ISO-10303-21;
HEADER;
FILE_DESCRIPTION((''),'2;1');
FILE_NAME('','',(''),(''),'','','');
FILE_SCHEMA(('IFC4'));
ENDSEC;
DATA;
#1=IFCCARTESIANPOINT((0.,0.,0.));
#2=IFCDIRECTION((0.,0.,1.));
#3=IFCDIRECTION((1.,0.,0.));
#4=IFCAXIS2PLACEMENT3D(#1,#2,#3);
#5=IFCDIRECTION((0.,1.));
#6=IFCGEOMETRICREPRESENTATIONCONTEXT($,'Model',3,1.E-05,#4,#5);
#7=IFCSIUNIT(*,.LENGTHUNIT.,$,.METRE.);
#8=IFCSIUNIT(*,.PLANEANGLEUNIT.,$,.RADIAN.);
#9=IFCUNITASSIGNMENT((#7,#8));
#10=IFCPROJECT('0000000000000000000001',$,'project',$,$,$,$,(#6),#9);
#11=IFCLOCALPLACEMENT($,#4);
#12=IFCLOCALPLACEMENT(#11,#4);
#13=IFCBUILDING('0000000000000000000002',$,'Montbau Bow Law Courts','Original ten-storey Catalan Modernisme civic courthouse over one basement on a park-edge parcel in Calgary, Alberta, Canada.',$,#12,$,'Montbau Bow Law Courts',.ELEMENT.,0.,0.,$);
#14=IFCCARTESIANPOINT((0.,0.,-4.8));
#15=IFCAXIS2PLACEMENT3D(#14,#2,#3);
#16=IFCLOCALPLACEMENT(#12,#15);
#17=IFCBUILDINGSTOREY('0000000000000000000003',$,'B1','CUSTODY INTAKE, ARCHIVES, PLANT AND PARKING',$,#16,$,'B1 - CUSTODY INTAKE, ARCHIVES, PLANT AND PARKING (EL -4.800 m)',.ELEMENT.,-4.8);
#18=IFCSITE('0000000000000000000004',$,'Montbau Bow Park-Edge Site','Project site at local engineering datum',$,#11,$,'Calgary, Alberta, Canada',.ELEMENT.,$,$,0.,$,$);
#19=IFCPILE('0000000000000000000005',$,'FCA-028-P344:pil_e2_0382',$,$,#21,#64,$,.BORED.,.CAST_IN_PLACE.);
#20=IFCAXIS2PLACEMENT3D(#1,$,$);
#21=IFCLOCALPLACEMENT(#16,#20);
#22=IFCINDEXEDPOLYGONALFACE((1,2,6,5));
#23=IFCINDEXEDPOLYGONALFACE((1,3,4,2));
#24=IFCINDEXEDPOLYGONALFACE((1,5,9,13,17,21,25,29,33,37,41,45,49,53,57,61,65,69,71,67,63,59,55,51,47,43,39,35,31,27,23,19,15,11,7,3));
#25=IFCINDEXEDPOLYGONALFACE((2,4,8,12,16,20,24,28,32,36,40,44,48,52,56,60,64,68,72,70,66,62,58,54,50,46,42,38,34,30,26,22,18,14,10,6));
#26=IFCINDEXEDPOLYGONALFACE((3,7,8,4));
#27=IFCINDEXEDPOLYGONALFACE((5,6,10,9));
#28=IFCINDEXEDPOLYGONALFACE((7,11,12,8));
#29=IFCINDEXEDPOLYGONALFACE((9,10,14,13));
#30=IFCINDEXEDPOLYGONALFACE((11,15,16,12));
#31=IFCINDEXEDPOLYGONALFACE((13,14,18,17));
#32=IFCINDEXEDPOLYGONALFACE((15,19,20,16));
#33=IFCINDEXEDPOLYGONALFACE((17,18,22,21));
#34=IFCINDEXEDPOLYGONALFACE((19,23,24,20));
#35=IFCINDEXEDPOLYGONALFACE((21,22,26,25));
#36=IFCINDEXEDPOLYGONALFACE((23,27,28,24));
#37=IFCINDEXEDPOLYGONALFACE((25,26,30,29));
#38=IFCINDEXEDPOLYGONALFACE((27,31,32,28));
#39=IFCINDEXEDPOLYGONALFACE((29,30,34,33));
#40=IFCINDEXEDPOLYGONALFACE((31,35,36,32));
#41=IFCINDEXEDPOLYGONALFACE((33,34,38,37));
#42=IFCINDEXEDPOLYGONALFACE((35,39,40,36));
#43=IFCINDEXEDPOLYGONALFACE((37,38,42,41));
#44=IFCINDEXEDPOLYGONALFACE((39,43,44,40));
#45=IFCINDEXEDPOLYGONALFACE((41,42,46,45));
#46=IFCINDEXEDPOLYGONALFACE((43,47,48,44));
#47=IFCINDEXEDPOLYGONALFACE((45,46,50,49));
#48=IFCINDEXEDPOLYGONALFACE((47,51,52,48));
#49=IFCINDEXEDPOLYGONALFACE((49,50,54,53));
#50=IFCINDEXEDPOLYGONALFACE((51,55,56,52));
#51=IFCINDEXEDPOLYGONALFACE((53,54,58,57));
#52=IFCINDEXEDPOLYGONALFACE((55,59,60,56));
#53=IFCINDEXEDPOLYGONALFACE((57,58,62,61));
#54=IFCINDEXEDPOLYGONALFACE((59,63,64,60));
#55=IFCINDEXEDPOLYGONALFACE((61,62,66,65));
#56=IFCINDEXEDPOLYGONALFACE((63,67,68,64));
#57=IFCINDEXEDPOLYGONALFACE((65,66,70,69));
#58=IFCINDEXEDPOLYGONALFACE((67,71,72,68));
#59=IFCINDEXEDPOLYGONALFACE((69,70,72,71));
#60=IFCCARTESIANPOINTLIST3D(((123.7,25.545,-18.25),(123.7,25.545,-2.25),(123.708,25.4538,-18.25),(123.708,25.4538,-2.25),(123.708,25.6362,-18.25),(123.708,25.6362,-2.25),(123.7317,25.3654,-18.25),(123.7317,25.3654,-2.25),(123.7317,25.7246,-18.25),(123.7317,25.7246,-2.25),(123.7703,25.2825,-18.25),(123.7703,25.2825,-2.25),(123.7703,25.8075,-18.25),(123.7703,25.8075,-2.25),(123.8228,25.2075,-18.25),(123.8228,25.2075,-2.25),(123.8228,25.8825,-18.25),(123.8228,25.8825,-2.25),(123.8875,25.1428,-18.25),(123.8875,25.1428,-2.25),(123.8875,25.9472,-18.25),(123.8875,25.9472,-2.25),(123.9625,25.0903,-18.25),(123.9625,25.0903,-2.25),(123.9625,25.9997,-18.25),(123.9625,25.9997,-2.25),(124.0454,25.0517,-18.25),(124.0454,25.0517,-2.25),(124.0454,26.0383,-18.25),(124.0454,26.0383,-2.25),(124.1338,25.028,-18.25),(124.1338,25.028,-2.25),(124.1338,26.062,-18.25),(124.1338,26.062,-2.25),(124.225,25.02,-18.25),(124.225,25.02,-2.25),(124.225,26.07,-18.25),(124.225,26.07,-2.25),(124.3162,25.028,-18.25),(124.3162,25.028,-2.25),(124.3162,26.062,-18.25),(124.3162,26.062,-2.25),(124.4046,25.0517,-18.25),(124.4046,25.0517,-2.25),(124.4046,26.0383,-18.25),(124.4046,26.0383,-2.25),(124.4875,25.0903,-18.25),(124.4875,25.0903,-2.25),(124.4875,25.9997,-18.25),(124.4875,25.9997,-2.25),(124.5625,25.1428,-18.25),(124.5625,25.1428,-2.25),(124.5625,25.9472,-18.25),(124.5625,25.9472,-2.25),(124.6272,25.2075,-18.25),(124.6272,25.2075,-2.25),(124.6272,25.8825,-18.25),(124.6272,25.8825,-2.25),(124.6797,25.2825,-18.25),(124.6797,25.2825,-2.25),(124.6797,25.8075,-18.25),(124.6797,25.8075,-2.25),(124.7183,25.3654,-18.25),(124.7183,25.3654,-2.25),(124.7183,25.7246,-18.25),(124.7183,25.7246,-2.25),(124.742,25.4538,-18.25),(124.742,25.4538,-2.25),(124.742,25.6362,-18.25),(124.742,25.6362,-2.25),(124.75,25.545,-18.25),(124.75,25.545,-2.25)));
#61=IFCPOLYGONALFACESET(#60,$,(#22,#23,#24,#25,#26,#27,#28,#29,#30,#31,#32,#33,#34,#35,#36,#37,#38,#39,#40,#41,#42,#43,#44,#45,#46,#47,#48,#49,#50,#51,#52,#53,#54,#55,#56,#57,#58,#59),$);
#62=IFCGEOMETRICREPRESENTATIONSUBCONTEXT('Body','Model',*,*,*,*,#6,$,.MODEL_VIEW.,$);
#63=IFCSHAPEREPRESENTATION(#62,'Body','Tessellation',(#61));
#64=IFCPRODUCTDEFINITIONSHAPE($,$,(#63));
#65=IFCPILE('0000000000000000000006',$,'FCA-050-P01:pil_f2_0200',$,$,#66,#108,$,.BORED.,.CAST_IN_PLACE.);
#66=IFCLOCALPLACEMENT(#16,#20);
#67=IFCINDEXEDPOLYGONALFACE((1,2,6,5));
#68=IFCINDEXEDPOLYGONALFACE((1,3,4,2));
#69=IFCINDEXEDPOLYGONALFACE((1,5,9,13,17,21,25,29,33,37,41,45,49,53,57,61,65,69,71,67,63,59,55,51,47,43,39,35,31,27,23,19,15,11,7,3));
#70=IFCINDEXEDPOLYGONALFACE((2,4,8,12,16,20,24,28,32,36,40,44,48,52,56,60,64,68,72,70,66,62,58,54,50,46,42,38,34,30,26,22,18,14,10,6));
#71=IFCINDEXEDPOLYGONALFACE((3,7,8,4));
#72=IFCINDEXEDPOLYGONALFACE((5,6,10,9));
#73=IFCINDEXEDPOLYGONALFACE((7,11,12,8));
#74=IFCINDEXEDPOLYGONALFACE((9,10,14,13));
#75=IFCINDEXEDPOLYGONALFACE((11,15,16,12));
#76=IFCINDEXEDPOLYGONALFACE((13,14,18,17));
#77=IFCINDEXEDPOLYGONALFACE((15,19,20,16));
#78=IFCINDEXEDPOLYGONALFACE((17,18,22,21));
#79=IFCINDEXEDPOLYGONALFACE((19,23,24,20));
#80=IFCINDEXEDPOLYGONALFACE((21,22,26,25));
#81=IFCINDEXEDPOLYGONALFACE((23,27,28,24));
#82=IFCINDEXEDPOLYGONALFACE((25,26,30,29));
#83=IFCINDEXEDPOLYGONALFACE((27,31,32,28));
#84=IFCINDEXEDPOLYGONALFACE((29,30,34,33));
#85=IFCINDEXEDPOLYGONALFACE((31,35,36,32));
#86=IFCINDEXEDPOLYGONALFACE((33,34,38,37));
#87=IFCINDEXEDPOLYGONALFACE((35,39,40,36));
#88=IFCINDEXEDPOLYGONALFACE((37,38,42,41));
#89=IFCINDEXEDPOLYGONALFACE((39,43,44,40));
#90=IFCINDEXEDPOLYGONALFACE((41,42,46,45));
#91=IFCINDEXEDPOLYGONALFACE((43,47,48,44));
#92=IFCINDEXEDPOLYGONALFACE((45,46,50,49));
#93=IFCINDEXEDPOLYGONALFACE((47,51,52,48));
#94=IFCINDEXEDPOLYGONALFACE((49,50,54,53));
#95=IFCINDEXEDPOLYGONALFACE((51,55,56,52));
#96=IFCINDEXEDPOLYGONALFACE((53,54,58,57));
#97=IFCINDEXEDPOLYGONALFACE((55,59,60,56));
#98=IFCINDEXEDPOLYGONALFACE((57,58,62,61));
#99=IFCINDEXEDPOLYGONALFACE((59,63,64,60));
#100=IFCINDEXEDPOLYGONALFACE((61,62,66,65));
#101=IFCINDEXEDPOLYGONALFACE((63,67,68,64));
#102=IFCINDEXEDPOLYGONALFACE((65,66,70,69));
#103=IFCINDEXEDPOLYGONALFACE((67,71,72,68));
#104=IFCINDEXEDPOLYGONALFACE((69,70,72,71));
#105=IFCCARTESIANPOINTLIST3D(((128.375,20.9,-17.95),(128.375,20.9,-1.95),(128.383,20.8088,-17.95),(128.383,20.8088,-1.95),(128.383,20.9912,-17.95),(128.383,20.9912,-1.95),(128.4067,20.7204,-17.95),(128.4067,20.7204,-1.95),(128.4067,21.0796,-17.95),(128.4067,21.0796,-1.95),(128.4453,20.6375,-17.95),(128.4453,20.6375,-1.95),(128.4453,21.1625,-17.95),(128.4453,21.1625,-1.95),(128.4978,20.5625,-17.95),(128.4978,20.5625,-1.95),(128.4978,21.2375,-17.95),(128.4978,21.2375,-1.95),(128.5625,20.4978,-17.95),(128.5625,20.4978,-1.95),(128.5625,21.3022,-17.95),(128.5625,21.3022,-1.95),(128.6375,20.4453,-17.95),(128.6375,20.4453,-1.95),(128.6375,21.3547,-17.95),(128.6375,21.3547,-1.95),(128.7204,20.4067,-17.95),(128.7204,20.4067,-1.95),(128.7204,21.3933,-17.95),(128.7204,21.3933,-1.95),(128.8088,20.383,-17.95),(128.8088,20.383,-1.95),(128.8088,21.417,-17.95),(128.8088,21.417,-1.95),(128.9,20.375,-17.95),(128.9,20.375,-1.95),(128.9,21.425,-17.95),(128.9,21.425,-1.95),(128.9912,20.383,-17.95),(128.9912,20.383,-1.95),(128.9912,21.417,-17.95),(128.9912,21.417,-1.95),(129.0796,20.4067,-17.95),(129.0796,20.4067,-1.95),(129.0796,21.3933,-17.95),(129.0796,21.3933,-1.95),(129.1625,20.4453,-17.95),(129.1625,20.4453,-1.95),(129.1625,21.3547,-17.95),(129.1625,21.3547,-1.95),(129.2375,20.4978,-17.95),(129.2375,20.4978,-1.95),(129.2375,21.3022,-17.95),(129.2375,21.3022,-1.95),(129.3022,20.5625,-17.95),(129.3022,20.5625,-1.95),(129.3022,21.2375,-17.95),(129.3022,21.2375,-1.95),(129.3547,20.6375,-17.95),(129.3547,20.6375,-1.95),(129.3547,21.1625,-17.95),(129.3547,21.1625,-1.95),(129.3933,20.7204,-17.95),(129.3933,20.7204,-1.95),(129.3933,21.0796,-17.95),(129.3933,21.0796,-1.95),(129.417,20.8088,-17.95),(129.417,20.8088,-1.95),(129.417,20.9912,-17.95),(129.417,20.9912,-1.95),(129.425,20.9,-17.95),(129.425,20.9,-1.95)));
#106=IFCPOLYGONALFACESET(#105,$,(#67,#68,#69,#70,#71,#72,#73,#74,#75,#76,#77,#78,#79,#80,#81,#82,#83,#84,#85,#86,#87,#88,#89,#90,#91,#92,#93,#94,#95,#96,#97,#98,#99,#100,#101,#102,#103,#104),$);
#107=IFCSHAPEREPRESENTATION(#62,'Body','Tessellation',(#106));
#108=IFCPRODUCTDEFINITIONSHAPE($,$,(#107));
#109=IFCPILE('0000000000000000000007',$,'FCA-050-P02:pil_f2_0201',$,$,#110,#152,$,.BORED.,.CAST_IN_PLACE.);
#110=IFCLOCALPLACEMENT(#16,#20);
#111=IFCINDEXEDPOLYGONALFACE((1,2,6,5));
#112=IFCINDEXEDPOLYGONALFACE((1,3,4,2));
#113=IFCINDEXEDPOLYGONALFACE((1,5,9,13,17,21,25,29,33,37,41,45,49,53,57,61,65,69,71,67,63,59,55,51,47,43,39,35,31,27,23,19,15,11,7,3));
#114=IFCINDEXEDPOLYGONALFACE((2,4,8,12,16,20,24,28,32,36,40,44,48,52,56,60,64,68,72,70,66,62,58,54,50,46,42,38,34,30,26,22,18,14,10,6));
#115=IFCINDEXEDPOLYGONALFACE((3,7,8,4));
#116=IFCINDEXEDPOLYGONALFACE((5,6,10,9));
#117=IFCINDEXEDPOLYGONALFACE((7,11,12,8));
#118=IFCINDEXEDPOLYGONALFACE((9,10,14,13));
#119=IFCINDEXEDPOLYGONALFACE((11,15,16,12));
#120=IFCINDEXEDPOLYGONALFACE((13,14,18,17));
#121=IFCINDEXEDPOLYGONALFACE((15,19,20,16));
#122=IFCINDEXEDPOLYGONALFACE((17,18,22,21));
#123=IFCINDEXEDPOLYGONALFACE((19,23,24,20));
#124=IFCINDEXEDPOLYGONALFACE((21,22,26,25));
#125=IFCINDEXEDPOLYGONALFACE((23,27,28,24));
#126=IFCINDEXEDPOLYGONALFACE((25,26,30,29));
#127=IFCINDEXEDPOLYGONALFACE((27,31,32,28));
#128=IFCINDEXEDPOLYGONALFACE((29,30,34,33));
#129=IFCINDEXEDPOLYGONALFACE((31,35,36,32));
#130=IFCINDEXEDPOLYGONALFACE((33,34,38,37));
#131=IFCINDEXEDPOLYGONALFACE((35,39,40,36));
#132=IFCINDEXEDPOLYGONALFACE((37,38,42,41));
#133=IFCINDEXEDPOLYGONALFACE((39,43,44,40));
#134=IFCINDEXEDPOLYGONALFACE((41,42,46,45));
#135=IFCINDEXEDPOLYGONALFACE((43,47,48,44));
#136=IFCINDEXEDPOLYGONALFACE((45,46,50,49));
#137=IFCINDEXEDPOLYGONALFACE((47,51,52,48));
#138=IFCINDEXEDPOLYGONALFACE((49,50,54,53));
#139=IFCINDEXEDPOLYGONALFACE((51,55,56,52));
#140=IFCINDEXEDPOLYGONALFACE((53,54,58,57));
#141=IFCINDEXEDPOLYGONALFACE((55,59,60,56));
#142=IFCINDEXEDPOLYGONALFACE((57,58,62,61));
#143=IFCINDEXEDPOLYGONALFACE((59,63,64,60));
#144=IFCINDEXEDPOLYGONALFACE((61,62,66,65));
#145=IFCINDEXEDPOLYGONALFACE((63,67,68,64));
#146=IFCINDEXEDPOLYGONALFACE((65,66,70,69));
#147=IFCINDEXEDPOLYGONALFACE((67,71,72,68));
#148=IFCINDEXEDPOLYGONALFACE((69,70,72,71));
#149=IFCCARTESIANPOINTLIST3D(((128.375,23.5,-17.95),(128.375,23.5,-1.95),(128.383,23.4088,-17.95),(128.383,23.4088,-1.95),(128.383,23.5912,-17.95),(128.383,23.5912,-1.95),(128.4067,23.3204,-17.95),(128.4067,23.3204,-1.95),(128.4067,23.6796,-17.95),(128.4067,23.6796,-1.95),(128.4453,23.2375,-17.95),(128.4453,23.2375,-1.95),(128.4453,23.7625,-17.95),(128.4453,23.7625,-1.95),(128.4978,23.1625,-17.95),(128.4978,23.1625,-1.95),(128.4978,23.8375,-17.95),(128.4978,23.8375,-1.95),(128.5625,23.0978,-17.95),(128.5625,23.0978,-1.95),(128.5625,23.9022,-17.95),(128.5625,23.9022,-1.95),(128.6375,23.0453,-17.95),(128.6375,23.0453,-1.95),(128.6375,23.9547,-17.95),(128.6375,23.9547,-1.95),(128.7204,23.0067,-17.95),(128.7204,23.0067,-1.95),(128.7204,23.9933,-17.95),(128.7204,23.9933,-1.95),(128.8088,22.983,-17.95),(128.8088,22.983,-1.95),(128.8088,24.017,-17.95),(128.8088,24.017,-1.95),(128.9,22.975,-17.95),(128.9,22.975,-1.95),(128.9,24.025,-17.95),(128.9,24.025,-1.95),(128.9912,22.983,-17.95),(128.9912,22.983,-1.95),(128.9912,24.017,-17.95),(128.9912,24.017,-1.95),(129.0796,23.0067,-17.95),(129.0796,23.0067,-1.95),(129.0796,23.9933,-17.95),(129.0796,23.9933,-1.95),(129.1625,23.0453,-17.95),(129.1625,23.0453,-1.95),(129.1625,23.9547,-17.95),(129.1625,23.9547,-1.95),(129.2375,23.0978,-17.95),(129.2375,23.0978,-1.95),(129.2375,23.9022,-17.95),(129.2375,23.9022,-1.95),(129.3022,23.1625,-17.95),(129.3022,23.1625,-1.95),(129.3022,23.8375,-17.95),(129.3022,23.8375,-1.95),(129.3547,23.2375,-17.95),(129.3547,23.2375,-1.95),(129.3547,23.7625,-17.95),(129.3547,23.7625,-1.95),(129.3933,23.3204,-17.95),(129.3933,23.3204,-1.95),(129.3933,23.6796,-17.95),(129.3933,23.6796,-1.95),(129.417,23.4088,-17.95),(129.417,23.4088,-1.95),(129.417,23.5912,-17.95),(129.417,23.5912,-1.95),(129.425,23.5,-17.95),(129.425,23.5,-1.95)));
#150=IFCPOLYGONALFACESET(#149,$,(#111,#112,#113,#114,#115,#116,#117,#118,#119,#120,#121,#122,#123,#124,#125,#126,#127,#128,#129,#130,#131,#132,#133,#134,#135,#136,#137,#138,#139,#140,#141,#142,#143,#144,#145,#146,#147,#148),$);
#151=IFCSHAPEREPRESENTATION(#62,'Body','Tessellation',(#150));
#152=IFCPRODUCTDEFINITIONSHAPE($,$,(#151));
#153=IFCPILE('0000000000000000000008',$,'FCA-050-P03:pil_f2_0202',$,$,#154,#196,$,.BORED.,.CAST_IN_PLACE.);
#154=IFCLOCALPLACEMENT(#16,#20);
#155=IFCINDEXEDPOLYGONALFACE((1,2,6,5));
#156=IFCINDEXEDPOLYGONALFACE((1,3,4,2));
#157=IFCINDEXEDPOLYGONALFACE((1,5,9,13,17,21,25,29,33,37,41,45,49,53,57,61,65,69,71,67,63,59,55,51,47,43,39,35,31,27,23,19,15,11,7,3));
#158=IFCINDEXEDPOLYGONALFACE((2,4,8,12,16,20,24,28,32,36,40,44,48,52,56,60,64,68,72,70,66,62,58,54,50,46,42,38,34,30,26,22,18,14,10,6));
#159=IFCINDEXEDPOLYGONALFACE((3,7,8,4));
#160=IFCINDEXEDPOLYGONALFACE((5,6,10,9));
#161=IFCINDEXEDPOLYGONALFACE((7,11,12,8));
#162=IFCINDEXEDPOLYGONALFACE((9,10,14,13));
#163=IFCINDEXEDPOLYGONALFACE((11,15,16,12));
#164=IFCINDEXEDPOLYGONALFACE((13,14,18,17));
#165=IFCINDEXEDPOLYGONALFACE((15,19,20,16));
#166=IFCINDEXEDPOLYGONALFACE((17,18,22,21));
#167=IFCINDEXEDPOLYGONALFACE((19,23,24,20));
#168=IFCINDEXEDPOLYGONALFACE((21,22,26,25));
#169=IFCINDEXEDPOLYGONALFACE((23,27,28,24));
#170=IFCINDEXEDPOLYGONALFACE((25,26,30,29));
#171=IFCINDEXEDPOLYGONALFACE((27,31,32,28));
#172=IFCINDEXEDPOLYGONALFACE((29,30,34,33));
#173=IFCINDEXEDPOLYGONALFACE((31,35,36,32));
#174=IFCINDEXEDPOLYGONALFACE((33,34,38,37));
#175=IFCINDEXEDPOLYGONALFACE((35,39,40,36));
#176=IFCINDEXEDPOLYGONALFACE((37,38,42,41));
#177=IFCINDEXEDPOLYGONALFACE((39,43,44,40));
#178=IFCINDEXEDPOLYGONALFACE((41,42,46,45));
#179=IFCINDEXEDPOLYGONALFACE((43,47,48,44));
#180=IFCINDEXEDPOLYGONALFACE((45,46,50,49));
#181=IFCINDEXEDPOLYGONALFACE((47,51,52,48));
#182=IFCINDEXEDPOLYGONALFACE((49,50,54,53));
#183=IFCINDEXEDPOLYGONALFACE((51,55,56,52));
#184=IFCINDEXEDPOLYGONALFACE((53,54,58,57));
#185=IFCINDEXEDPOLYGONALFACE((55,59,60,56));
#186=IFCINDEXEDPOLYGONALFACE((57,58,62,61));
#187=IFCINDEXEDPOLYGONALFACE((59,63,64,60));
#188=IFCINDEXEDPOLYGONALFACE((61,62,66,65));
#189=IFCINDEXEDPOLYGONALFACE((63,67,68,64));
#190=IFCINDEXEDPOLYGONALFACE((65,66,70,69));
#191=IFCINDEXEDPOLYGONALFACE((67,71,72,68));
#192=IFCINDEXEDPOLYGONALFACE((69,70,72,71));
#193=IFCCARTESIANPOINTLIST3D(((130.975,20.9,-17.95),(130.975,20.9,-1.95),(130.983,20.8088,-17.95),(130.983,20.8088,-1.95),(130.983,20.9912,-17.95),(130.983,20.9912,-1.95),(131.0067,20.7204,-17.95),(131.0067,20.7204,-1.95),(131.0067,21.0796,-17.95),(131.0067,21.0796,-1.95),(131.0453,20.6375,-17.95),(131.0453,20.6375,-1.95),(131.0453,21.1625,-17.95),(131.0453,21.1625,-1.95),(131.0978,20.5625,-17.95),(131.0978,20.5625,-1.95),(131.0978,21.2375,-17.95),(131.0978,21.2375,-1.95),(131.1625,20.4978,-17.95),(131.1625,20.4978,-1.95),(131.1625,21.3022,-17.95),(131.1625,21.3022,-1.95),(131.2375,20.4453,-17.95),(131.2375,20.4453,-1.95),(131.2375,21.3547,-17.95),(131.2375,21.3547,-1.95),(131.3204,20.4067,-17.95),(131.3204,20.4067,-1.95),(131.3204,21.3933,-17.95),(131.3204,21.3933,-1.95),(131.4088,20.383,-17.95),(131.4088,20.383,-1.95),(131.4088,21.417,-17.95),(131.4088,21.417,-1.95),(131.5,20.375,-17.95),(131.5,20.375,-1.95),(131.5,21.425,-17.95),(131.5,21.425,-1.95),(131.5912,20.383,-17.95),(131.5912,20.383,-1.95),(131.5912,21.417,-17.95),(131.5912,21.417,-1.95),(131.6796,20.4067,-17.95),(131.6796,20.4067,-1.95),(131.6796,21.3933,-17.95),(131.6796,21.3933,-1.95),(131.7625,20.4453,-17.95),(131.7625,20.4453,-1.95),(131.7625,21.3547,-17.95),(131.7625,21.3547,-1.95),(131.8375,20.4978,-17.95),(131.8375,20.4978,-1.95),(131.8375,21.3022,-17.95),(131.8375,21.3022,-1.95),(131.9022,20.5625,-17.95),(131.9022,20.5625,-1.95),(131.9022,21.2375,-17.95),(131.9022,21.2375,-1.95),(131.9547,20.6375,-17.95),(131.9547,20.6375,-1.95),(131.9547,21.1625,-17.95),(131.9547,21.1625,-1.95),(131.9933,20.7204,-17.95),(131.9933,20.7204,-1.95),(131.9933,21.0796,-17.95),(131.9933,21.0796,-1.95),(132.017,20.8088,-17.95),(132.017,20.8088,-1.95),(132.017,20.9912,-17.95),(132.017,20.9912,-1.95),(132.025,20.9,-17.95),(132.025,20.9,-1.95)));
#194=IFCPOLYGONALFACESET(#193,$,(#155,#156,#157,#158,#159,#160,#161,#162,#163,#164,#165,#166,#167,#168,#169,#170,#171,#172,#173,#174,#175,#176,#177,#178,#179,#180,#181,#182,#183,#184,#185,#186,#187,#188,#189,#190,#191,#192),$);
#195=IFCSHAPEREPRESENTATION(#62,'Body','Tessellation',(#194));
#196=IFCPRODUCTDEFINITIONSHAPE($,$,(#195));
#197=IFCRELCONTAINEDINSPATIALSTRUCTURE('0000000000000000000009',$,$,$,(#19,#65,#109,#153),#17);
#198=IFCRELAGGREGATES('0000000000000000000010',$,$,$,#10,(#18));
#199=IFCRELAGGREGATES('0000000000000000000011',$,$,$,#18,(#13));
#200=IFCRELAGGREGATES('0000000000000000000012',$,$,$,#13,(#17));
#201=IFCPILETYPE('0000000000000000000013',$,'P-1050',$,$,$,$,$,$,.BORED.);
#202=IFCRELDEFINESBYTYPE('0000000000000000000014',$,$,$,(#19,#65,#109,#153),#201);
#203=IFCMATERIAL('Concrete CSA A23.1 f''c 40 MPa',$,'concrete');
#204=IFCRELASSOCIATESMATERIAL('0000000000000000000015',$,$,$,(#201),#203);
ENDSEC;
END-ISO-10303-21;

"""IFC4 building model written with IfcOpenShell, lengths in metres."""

from ifc_helpers import new_model, si_unit, direction, frame, origin_with_axes, origin_2d_with_axis, place, context, subcontext, project, spatial, circle, extrude, material, material_profile, profile_set, type_object, element, save


model = new_model("IFC4")

# Units and contexts
model_context = context("Model", 3, precision=1e-05, world=origin_with_axes(), true_north=direction((0.0, 1.0)))
body_context = subcontext(model_context, "Body", "Model", "MODEL_VIEW")
ifc_project = project(units=[si_unit("LENGTHUNIT", "METRE"), si_unit("PLANEANGLEUNIT", "RADIAN")], contexts=[model_context])

# Site, building, storey
site_placement = place(None, origin_with_axes())
site = spatial("IfcSite", under=ifc_project, at=site_placement, Name="Montbau Bow Park-Edge Site", Description="Project site at local engineering datum", LongName="Calgary, Alberta, Canada", CompositionType="ELEMENT", RefElevation=0.0)
building_placement = place(site_placement, origin_with_axes())
building = spatial("IfcBuilding", under=site, at=building_placement, Name="Montbau Bow Law Courts", Description="Original ten-storey Catalan Modernisme civic courthouse over one basement on a park-edge parcel in Calgary, Alberta, Canada.", LongName="Montbau Bow Law Courts", CompositionType="ELEMENT", ElevationOfRefHeight=0.0, ElevationOfTerrain=0.0)
storey_placement = place(building_placement, frame((0.0, 0.0, -4.8), z_axis=(0.0, 0.0, 1.0), x_axis=(1.0, 0.0, 0.0)))
storey = spatial("IfcBuildingStorey", under=building, at=storey_placement, Name="B1", Description="CUSTODY INTAKE, ARCHIVES, PLANT AND PARKING", LongName="B1 - CUSTODY INTAKE, ARCHIVES, PLANT AND PARKING (EL -4.800 m)", CompositionType="ELEMENT", Elevation=-4.8)

# Piles
ifc_material_1 = material(Name="Concrete CSA A23.1 f'c 40 MPa", Category="concrete")
ifc_material_profile_1 = material_profile(ifc_material_1, circle(Radius=0.525, at=origin_2d_with_axis()), Name="BP1050", Category="Main", Priority=0)
ifc_profile_set_1 = profile_set([ifc_material_profile_1], Name="Concrete CSA A23.1 f'c 40 MPa")
pile_type_1 = type_object("IfcPileType", Name="P-1050", PredefinedType="BORED", material=ifc_profile_set_1)
for number, where, z_axis, x_axis, name in (
    (1, (124.225, 25.545, -23.05), (0.0, 0.0, 1.0), (1.0, 0.0, 0.0), "FCA-028-P344:pil_e2_0382"),
    (2, (128.9, 20.9, -22.75), (0.0, 0.0, 1.0), (1.0, 0.0, 0.0), "FCA-050-P01:pil_f2_0200"),
    (3, (128.9, 23.5, -22.75), (0.0, 0.0, 1.0), (1.0, 0.0, 0.0), "FCA-050-P02:pil_f2_0201"),
    (4, (131.5, 20.9, -22.75), (0.0, 0.0, 1.0), (1.0, 0.0, 0.0), "FCA-050-P03:pil_f2_0202"),
):
    element("IfcPile", number, at=place(None, frame(where, z_axis=z_axis, x_axis=x_axis)), inside=storey, type_object=pile_type_1, Name=name, ConstructionType="CAST_IN_PLACE", PredefinedType="BORED", context=body_context, shape_type="SweptSolid", body=[
        extrude(circle(Radius=0.525, at=origin_2d_with_axis()), origin_with_axes(), (0.0, 0.0, 1.0), 16.0),
    ])

save(model, "model.ifc")
